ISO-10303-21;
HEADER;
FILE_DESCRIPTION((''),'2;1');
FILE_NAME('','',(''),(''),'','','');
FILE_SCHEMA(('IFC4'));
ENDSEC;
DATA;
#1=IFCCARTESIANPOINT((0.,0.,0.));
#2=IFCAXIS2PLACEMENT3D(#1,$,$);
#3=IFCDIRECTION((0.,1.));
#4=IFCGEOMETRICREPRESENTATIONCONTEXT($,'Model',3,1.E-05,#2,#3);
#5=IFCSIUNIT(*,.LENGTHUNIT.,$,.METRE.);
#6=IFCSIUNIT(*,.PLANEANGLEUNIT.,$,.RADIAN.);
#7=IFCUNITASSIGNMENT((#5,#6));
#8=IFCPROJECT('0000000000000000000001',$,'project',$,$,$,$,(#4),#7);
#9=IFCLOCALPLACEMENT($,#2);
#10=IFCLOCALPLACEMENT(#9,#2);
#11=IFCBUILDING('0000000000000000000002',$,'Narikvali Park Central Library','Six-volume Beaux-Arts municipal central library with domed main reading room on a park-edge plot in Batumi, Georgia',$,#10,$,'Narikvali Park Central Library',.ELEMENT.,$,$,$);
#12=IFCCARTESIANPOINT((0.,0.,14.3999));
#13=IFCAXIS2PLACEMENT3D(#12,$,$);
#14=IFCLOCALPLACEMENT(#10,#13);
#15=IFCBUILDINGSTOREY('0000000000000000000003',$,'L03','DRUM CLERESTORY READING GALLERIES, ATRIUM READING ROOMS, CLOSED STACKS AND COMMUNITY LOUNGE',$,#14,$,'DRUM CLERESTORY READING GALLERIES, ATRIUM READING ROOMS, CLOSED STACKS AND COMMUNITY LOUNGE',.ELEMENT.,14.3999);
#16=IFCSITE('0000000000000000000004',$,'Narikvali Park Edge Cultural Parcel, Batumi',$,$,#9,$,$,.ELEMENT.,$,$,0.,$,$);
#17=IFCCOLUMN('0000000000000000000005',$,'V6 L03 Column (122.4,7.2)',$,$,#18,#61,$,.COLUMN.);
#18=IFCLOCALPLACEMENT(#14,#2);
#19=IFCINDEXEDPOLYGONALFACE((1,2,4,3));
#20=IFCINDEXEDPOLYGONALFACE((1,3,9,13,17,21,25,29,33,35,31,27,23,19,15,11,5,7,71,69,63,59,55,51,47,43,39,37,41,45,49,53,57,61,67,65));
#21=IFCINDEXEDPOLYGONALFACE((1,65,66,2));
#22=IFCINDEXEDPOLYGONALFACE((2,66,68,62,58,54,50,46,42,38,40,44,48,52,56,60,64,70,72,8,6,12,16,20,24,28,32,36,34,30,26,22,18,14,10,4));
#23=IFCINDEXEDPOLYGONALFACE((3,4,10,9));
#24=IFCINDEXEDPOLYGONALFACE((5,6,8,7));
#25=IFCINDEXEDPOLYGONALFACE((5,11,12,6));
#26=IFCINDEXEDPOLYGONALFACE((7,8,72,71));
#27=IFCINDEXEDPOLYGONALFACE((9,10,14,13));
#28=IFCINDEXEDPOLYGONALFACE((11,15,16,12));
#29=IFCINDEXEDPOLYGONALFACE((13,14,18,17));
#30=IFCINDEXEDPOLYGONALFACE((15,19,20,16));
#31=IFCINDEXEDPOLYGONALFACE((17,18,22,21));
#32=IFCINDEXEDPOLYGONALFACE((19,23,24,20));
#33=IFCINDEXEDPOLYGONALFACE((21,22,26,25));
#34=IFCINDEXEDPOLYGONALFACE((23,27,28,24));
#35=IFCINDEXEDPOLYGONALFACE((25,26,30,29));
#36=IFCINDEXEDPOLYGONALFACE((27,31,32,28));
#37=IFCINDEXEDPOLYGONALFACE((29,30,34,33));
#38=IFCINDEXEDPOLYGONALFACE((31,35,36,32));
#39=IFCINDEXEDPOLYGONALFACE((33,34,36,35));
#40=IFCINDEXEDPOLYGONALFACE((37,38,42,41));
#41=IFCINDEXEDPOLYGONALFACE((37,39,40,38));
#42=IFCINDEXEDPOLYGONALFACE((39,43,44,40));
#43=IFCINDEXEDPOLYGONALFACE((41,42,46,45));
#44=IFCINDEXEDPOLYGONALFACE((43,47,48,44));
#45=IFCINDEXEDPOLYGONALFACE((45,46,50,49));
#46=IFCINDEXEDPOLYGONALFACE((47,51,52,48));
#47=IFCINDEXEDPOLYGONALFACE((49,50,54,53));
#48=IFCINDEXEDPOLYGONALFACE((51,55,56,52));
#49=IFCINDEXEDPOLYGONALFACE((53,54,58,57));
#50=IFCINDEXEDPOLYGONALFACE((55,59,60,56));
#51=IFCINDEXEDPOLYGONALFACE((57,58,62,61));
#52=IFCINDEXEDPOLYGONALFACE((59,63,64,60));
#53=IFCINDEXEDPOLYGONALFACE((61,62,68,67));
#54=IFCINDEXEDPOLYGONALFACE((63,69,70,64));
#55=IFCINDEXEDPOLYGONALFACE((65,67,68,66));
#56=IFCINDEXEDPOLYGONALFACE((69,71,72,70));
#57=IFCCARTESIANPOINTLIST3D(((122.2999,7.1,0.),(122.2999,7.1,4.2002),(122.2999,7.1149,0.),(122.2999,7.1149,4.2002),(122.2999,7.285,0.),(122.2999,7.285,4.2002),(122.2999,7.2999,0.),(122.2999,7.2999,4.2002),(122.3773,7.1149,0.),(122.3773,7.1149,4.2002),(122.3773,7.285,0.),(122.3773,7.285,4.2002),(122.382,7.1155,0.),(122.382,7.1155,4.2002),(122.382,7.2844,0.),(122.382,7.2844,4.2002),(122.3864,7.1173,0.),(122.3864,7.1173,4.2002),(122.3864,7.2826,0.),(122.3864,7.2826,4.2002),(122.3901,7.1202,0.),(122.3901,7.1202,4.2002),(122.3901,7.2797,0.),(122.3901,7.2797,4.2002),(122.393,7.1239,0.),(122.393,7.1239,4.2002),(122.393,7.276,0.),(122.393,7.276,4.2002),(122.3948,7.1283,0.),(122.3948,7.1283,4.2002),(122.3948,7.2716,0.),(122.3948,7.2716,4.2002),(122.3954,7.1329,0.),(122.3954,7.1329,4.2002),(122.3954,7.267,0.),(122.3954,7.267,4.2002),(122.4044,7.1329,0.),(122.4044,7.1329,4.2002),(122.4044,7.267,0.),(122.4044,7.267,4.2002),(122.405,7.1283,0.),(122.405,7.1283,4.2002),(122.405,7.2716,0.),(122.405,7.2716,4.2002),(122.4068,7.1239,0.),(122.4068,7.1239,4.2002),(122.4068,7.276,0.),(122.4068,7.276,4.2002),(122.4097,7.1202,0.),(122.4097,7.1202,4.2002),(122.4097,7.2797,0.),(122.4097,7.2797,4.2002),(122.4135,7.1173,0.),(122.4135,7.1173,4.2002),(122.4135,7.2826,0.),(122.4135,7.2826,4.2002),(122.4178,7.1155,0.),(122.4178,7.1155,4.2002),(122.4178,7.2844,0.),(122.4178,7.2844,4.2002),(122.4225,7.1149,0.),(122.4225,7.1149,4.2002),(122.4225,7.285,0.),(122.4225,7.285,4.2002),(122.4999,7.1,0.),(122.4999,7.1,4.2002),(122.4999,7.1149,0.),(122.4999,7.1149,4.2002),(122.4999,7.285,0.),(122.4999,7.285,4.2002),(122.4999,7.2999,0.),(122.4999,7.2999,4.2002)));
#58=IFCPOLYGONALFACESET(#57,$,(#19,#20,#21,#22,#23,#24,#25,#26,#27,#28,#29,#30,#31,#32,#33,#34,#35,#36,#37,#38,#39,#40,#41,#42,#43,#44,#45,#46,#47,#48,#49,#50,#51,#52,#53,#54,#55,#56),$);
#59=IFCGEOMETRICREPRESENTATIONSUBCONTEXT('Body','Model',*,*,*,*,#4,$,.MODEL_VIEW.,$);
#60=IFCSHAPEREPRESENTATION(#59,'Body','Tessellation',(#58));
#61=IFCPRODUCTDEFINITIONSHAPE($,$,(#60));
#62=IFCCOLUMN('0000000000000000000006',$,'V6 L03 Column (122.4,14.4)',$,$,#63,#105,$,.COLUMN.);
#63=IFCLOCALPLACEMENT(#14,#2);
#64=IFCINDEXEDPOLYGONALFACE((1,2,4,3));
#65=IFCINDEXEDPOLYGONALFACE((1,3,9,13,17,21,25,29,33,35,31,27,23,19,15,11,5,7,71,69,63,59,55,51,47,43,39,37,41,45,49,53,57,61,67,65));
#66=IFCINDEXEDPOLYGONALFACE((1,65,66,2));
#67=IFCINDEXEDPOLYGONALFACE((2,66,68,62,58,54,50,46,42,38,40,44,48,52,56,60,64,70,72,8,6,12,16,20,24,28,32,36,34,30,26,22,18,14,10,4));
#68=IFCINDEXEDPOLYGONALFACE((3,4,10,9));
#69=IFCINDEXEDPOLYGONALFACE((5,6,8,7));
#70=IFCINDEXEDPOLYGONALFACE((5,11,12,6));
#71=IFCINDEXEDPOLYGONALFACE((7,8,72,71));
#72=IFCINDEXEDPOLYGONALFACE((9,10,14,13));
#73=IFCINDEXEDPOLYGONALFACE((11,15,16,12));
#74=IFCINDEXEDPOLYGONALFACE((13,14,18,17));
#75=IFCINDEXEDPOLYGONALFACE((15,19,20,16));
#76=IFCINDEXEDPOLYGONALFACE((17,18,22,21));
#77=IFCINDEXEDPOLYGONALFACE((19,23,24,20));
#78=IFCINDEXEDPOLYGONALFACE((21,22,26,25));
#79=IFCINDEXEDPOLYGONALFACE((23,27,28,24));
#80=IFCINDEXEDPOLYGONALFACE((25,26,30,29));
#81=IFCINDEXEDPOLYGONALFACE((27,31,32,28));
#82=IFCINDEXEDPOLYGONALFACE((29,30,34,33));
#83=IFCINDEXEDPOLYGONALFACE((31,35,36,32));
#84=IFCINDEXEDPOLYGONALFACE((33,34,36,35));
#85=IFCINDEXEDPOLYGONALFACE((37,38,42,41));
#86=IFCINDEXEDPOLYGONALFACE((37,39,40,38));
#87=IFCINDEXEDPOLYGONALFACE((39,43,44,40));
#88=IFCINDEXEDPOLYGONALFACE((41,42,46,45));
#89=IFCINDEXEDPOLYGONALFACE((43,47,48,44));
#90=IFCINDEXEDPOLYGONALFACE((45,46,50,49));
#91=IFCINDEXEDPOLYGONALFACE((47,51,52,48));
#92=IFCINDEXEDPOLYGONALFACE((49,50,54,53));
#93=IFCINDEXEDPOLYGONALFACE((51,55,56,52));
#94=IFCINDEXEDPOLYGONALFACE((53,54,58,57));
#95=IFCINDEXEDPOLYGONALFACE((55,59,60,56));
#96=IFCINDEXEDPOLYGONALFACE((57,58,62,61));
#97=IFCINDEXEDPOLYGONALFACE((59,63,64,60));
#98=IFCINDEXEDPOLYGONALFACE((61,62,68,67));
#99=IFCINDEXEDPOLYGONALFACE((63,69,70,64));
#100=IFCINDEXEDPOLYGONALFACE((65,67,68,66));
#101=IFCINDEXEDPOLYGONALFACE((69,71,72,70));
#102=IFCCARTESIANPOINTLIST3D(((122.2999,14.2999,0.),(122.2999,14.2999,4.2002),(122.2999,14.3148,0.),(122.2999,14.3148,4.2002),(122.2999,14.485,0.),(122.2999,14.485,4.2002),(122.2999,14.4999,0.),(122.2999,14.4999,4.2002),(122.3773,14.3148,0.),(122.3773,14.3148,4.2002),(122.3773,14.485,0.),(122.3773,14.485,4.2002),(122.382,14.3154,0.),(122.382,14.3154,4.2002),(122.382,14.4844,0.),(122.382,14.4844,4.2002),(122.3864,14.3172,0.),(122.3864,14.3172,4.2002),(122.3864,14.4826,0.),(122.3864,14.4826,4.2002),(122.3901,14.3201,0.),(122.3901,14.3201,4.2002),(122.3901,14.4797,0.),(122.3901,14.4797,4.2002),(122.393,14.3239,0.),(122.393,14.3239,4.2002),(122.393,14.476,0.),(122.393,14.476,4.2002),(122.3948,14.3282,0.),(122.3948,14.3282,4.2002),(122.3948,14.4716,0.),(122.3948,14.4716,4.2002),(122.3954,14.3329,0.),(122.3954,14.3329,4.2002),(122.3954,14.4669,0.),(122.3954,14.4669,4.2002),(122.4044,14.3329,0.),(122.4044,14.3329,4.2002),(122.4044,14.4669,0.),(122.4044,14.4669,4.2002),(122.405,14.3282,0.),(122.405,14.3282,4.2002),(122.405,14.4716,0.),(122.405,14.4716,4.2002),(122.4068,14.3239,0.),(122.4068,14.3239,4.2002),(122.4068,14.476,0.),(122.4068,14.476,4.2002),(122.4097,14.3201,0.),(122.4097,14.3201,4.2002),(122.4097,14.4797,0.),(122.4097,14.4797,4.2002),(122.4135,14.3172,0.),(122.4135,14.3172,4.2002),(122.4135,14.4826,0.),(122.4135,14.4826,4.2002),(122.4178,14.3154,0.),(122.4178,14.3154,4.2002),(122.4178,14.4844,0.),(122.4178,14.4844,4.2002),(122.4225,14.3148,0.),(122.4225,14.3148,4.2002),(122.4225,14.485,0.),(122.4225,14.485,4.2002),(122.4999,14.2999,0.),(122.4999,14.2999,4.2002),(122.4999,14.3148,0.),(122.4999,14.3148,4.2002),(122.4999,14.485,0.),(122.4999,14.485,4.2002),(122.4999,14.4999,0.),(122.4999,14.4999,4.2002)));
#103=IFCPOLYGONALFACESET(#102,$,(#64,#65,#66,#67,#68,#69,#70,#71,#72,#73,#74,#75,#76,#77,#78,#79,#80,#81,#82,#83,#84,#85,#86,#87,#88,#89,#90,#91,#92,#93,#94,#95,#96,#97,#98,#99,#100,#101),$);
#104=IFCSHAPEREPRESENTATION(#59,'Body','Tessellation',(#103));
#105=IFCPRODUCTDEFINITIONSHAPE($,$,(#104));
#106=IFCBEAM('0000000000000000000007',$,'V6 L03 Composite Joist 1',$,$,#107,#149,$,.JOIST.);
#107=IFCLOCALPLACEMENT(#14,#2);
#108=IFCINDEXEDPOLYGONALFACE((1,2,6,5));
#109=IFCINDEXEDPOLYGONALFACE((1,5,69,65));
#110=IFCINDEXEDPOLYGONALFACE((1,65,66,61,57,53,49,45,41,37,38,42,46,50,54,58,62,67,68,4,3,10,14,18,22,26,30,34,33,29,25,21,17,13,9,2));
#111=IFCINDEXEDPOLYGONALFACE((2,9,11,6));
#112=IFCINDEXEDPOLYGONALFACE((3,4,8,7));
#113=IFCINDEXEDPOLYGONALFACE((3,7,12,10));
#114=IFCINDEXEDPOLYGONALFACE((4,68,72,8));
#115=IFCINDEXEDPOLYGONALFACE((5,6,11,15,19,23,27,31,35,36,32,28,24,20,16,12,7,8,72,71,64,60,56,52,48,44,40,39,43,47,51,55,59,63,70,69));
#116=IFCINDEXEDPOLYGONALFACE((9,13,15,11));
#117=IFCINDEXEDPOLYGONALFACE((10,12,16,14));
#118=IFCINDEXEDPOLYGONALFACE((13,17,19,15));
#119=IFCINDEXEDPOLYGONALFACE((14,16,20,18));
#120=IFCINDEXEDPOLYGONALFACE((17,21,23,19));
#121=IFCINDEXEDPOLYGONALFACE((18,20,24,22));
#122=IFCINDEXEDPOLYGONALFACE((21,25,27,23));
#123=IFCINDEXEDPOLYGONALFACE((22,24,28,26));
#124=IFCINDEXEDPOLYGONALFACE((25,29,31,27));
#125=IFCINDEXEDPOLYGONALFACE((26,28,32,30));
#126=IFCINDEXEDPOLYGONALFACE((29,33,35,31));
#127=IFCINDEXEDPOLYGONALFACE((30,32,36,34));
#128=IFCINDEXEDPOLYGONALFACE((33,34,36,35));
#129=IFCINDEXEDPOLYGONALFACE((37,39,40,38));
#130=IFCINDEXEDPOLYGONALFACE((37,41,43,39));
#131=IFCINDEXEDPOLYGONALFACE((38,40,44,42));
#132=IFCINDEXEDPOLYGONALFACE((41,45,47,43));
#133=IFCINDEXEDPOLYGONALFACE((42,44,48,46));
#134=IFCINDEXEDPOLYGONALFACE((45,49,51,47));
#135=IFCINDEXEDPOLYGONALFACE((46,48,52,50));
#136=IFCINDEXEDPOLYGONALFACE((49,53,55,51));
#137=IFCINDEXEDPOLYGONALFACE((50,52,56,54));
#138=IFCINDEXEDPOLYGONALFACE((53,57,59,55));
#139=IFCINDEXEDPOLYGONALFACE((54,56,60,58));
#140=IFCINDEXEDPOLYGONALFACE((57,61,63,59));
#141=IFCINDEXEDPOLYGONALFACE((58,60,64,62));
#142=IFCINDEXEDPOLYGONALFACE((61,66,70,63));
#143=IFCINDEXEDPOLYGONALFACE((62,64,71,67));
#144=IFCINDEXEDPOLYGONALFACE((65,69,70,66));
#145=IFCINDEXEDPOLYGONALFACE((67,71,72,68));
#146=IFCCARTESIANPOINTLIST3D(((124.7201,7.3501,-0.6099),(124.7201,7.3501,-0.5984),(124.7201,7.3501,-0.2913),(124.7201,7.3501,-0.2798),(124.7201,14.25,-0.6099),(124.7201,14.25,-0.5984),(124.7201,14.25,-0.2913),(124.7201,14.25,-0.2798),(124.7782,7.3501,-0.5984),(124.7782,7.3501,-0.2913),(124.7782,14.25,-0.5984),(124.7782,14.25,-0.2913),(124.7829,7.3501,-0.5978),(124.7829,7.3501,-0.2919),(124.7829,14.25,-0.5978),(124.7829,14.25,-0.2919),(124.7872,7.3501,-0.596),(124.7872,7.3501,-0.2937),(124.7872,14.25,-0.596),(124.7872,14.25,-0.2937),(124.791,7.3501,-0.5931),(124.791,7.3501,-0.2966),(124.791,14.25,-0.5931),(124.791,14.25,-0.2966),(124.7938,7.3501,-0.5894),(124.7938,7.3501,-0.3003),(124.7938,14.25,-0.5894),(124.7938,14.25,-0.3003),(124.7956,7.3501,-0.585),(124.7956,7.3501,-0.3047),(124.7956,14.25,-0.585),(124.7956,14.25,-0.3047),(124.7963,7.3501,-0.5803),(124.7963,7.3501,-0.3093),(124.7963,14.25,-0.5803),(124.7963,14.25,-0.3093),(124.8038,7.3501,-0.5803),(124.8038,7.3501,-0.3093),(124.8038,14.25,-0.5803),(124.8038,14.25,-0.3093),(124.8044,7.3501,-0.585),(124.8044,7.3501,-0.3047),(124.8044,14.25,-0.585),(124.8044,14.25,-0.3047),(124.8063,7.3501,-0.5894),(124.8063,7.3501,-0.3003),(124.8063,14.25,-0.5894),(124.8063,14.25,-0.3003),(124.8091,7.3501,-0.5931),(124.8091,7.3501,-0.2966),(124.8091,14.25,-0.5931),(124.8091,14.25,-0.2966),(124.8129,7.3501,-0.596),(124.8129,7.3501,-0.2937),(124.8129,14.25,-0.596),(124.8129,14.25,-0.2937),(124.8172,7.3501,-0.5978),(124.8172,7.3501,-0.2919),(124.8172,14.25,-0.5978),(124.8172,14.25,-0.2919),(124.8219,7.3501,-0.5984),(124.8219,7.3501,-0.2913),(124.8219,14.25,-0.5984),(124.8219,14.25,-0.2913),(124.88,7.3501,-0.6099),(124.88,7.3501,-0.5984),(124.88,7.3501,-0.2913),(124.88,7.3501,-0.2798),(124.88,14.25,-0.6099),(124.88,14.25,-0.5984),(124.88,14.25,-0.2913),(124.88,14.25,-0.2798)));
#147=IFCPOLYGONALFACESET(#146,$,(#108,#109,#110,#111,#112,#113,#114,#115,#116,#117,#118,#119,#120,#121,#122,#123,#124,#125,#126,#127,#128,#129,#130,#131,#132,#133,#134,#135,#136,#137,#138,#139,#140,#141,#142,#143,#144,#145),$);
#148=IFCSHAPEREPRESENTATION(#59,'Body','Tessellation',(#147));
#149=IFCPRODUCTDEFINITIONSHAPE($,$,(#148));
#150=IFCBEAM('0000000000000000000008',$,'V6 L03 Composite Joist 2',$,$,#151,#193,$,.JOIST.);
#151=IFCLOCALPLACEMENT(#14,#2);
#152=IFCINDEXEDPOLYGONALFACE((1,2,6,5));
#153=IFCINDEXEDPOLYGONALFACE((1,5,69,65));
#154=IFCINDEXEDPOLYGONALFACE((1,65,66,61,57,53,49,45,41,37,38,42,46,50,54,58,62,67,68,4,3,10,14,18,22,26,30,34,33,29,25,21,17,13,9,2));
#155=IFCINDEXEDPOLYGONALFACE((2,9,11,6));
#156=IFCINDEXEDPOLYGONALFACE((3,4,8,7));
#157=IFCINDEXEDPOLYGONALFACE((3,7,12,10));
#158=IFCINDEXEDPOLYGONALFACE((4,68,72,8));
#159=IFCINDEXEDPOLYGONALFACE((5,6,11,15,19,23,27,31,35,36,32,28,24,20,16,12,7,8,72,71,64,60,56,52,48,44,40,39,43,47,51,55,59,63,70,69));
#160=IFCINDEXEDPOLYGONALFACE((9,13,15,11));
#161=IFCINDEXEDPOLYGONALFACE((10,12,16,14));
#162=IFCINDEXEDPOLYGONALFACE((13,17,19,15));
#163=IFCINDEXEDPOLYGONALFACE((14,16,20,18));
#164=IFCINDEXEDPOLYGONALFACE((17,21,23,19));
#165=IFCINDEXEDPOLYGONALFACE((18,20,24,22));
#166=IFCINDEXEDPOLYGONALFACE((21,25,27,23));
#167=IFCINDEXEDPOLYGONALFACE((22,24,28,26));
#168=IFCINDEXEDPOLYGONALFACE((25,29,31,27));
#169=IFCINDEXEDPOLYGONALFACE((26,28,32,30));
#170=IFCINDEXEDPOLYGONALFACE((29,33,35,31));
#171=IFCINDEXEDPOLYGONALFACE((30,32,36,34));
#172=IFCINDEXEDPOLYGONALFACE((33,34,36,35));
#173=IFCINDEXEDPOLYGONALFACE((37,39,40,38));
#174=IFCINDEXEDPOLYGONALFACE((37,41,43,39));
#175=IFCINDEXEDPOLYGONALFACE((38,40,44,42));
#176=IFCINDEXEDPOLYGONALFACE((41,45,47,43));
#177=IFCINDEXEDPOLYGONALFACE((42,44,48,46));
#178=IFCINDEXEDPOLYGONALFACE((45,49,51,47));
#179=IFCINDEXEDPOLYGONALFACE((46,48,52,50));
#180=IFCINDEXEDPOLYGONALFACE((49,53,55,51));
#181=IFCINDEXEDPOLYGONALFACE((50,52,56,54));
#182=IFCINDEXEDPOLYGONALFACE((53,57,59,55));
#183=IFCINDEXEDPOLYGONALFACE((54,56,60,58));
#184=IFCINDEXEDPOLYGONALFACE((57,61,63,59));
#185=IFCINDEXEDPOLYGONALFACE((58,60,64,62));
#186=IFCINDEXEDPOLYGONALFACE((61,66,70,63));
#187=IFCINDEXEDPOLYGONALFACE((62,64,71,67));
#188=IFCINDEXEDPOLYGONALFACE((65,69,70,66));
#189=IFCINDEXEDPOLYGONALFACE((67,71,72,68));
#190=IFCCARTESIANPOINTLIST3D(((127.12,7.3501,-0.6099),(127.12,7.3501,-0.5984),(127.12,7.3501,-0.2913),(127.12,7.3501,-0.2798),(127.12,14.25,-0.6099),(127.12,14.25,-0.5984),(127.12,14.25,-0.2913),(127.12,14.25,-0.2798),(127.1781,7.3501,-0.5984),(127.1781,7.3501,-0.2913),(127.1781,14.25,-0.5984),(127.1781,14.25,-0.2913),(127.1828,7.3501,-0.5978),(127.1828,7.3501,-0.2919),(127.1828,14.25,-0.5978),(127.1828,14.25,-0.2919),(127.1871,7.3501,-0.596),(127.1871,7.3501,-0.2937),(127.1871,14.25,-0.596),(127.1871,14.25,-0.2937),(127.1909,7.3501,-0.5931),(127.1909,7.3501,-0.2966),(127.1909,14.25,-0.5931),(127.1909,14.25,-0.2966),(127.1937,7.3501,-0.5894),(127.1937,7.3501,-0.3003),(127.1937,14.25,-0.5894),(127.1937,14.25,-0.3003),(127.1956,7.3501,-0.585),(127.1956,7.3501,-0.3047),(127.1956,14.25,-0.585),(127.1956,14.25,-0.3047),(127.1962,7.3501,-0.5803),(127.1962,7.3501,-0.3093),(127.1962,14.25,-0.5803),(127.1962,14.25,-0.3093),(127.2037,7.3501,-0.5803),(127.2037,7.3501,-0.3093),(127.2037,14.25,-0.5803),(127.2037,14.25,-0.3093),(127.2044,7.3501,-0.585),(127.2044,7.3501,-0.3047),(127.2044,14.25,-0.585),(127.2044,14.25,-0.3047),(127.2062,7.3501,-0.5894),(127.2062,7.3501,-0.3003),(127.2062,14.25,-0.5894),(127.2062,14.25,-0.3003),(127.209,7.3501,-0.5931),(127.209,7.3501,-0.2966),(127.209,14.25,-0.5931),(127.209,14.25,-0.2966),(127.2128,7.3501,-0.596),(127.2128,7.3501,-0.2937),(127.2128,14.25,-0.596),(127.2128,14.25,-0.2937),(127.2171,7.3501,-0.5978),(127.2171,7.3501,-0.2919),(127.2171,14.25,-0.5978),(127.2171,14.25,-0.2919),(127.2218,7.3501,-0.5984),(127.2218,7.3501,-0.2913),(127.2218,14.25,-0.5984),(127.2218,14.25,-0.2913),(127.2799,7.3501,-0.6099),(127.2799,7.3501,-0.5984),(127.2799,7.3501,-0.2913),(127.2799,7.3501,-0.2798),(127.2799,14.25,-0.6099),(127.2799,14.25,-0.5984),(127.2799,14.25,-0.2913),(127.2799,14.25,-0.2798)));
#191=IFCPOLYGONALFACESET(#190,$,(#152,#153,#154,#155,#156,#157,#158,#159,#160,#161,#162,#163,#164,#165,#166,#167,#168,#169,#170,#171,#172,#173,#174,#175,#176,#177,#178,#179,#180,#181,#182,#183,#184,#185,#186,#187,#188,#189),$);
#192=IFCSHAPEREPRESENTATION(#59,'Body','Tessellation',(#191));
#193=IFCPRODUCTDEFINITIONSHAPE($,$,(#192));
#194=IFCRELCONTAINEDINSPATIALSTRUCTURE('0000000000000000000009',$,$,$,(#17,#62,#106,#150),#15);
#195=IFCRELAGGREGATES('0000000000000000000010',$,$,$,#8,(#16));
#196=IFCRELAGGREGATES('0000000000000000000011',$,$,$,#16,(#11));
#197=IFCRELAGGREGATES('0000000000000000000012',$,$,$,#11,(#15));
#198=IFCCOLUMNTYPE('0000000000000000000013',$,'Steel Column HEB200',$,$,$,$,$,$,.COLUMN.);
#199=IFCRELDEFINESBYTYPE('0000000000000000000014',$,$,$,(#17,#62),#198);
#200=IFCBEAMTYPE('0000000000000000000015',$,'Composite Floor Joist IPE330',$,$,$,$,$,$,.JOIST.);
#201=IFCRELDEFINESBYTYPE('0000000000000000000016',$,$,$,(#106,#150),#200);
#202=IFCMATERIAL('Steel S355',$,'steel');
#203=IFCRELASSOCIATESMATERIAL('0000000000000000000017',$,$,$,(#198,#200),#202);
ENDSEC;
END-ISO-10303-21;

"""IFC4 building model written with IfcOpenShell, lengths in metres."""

from ifc_helpers import new_model, si_unit, direction, frame, origin, origin_2d, place, context, subcontext, project, spatial, i_section, extrude, material, material_profile, profile_set, type_object, element, save


model = new_model("IFC4")

# Units and contexts
model_context = context("Model", 3, precision=1e-05, world=origin(), true_north=direction((0.0, 1.0)))
body_context = subcontext(model_context, "Body", "Model", "MODEL_VIEW")
ifc_project = project(units=[si_unit("LENGTHUNIT", "METRE"), si_unit("PLANEANGLEUNIT", "RADIAN")], contexts=[model_context])

# Site, building, storey
site_placement = place(None, origin())
site = spatial("IfcSite", under=ifc_project, at=site_placement, Name="Narikvali Park Edge Cultural Parcel, Batumi", CompositionType="ELEMENT", RefElevation=0.0)
building_placement = place(site_placement, origin())
building = spatial("IfcBuilding", under=site, at=building_placement, Name="Narikvali Park Central Library", Description="Six-volume Beaux-Arts municipal central library with domed main reading room on a park-edge plot in Batumi, Georgia", LongName="Narikvali Park Central Library", CompositionType="ELEMENT")
storey_placement = place(building_placement, frame((0.0, 0.0, 14.3999)))
storey = spatial("IfcBuildingStorey", under=building, at=storey_placement, Name="L03", Description="DRUM CLERESTORY READING GALLERIES, ATRIUM READING ROOMS, CLOSED STACKS AND COMMUNITY LOUNGE", LongName="DRUM CLERESTORY READING GALLERIES, ATRIUM READING ROOMS, CLOSED STACKS AND COMMUNITY LOUNGE", CompositionType="ELEMENT", Elevation=14.3999)

# Columns
ifc_material_1 = material(Name="Steel S355", Category="steel")
ifc_material_profile_1 = material_profile(ifc_material_1, i_section(OverallWidth=0.2, OverallDepth=0.2, WebThickness=0.009, FlangeThickness=0.0149, FilletRadius=0.0181, at=origin_2d()), Name="HEB 200")
ifc_profile_set_1 = profile_set([ifc_material_profile_1], Name="Steel S355")
column_type = type_object("IfcColumnType", Name="Steel Column HEB200", PredefinedType="COLUMN", material=ifc_profile_set_1)
for number, where, z_axis, x_axis, name in (
    (1, (122.3999, 7.2, 0.0), (0.0, 0.0, 1.0), (1.0, 0.0, 0.0), "V6 L03 Column (122.4,7.2)"),
    (2, (122.3999, 14.3999, 0.0), (0.0, 0.0, 1.0), (1.0, 0.0, 0.0), "V6 L03 Column (122.4,14.4)"),
):
    element("IfcColumn", number, at=place(storey_placement, frame(where, z_axis=z_axis, x_axis=x_axis)), inside=storey, type_object=column_type, Name=name, PredefinedType="COLUMN", context=body_context, shape_type="SweptSolid", body=[
        extrude(i_section(OverallWidth=0.2, OverallDepth=0.2, WebThickness=0.009, FlangeThickness=0.0149, FilletRadius=0.0181, at=origin_2d()), origin(), (0.0, 0.0, 1.0), 4.2002),
    ])

# Beams
ifc_material_profile_2 = material_profile(ifc_material_1, i_section(OverallWidth=0.1599, OverallDepth=0.3301, WebThickness=0.0076, FlangeThickness=0.0115, FilletRadius=0.0181, at=origin_2d()), Name="IPE 330")
ifc_profile_set_2 = profile_set([ifc_material_profile_2], Name="Steel S355")
beam_type_1 = type_object("IfcBeamType", Name="Composite Floor Joist IPE330", PredefinedType="JOIST", material=ifc_profile_set_2)
for number, where, z_axis, x_axis, name in (
    (3, (124.8, 7.3501, -0.4448), (0.0, 1.0, 0.0), (-1.0, 0.0, 0.0), "V6 L03 Composite Joist 1"),
    (4, (127.2, 7.3501, -0.4448), (0.0, 1.0, 0.0), (-1.0, 0.0, 0.0), "V6 L03 Composite Joist 2"),
):
    element("IfcBeam", number, at=place(storey_placement, frame(where, z_axis=z_axis, x_axis=x_axis)), inside=storey, type_object=beam_type_1, Name=name, PredefinedType="JOIST", context=body_context, shape_type="SweptSolid", body=[
        extrude(i_section(OverallWidth=0.1599, OverallDepth=0.3301, WebThickness=0.0076, FlangeThickness=0.0115, FilletRadius=0.0181, at=origin_2d()), origin(), (0.0, 0.0, 1.0), 6.8999),
    ])

save(model, "model.ifc")
